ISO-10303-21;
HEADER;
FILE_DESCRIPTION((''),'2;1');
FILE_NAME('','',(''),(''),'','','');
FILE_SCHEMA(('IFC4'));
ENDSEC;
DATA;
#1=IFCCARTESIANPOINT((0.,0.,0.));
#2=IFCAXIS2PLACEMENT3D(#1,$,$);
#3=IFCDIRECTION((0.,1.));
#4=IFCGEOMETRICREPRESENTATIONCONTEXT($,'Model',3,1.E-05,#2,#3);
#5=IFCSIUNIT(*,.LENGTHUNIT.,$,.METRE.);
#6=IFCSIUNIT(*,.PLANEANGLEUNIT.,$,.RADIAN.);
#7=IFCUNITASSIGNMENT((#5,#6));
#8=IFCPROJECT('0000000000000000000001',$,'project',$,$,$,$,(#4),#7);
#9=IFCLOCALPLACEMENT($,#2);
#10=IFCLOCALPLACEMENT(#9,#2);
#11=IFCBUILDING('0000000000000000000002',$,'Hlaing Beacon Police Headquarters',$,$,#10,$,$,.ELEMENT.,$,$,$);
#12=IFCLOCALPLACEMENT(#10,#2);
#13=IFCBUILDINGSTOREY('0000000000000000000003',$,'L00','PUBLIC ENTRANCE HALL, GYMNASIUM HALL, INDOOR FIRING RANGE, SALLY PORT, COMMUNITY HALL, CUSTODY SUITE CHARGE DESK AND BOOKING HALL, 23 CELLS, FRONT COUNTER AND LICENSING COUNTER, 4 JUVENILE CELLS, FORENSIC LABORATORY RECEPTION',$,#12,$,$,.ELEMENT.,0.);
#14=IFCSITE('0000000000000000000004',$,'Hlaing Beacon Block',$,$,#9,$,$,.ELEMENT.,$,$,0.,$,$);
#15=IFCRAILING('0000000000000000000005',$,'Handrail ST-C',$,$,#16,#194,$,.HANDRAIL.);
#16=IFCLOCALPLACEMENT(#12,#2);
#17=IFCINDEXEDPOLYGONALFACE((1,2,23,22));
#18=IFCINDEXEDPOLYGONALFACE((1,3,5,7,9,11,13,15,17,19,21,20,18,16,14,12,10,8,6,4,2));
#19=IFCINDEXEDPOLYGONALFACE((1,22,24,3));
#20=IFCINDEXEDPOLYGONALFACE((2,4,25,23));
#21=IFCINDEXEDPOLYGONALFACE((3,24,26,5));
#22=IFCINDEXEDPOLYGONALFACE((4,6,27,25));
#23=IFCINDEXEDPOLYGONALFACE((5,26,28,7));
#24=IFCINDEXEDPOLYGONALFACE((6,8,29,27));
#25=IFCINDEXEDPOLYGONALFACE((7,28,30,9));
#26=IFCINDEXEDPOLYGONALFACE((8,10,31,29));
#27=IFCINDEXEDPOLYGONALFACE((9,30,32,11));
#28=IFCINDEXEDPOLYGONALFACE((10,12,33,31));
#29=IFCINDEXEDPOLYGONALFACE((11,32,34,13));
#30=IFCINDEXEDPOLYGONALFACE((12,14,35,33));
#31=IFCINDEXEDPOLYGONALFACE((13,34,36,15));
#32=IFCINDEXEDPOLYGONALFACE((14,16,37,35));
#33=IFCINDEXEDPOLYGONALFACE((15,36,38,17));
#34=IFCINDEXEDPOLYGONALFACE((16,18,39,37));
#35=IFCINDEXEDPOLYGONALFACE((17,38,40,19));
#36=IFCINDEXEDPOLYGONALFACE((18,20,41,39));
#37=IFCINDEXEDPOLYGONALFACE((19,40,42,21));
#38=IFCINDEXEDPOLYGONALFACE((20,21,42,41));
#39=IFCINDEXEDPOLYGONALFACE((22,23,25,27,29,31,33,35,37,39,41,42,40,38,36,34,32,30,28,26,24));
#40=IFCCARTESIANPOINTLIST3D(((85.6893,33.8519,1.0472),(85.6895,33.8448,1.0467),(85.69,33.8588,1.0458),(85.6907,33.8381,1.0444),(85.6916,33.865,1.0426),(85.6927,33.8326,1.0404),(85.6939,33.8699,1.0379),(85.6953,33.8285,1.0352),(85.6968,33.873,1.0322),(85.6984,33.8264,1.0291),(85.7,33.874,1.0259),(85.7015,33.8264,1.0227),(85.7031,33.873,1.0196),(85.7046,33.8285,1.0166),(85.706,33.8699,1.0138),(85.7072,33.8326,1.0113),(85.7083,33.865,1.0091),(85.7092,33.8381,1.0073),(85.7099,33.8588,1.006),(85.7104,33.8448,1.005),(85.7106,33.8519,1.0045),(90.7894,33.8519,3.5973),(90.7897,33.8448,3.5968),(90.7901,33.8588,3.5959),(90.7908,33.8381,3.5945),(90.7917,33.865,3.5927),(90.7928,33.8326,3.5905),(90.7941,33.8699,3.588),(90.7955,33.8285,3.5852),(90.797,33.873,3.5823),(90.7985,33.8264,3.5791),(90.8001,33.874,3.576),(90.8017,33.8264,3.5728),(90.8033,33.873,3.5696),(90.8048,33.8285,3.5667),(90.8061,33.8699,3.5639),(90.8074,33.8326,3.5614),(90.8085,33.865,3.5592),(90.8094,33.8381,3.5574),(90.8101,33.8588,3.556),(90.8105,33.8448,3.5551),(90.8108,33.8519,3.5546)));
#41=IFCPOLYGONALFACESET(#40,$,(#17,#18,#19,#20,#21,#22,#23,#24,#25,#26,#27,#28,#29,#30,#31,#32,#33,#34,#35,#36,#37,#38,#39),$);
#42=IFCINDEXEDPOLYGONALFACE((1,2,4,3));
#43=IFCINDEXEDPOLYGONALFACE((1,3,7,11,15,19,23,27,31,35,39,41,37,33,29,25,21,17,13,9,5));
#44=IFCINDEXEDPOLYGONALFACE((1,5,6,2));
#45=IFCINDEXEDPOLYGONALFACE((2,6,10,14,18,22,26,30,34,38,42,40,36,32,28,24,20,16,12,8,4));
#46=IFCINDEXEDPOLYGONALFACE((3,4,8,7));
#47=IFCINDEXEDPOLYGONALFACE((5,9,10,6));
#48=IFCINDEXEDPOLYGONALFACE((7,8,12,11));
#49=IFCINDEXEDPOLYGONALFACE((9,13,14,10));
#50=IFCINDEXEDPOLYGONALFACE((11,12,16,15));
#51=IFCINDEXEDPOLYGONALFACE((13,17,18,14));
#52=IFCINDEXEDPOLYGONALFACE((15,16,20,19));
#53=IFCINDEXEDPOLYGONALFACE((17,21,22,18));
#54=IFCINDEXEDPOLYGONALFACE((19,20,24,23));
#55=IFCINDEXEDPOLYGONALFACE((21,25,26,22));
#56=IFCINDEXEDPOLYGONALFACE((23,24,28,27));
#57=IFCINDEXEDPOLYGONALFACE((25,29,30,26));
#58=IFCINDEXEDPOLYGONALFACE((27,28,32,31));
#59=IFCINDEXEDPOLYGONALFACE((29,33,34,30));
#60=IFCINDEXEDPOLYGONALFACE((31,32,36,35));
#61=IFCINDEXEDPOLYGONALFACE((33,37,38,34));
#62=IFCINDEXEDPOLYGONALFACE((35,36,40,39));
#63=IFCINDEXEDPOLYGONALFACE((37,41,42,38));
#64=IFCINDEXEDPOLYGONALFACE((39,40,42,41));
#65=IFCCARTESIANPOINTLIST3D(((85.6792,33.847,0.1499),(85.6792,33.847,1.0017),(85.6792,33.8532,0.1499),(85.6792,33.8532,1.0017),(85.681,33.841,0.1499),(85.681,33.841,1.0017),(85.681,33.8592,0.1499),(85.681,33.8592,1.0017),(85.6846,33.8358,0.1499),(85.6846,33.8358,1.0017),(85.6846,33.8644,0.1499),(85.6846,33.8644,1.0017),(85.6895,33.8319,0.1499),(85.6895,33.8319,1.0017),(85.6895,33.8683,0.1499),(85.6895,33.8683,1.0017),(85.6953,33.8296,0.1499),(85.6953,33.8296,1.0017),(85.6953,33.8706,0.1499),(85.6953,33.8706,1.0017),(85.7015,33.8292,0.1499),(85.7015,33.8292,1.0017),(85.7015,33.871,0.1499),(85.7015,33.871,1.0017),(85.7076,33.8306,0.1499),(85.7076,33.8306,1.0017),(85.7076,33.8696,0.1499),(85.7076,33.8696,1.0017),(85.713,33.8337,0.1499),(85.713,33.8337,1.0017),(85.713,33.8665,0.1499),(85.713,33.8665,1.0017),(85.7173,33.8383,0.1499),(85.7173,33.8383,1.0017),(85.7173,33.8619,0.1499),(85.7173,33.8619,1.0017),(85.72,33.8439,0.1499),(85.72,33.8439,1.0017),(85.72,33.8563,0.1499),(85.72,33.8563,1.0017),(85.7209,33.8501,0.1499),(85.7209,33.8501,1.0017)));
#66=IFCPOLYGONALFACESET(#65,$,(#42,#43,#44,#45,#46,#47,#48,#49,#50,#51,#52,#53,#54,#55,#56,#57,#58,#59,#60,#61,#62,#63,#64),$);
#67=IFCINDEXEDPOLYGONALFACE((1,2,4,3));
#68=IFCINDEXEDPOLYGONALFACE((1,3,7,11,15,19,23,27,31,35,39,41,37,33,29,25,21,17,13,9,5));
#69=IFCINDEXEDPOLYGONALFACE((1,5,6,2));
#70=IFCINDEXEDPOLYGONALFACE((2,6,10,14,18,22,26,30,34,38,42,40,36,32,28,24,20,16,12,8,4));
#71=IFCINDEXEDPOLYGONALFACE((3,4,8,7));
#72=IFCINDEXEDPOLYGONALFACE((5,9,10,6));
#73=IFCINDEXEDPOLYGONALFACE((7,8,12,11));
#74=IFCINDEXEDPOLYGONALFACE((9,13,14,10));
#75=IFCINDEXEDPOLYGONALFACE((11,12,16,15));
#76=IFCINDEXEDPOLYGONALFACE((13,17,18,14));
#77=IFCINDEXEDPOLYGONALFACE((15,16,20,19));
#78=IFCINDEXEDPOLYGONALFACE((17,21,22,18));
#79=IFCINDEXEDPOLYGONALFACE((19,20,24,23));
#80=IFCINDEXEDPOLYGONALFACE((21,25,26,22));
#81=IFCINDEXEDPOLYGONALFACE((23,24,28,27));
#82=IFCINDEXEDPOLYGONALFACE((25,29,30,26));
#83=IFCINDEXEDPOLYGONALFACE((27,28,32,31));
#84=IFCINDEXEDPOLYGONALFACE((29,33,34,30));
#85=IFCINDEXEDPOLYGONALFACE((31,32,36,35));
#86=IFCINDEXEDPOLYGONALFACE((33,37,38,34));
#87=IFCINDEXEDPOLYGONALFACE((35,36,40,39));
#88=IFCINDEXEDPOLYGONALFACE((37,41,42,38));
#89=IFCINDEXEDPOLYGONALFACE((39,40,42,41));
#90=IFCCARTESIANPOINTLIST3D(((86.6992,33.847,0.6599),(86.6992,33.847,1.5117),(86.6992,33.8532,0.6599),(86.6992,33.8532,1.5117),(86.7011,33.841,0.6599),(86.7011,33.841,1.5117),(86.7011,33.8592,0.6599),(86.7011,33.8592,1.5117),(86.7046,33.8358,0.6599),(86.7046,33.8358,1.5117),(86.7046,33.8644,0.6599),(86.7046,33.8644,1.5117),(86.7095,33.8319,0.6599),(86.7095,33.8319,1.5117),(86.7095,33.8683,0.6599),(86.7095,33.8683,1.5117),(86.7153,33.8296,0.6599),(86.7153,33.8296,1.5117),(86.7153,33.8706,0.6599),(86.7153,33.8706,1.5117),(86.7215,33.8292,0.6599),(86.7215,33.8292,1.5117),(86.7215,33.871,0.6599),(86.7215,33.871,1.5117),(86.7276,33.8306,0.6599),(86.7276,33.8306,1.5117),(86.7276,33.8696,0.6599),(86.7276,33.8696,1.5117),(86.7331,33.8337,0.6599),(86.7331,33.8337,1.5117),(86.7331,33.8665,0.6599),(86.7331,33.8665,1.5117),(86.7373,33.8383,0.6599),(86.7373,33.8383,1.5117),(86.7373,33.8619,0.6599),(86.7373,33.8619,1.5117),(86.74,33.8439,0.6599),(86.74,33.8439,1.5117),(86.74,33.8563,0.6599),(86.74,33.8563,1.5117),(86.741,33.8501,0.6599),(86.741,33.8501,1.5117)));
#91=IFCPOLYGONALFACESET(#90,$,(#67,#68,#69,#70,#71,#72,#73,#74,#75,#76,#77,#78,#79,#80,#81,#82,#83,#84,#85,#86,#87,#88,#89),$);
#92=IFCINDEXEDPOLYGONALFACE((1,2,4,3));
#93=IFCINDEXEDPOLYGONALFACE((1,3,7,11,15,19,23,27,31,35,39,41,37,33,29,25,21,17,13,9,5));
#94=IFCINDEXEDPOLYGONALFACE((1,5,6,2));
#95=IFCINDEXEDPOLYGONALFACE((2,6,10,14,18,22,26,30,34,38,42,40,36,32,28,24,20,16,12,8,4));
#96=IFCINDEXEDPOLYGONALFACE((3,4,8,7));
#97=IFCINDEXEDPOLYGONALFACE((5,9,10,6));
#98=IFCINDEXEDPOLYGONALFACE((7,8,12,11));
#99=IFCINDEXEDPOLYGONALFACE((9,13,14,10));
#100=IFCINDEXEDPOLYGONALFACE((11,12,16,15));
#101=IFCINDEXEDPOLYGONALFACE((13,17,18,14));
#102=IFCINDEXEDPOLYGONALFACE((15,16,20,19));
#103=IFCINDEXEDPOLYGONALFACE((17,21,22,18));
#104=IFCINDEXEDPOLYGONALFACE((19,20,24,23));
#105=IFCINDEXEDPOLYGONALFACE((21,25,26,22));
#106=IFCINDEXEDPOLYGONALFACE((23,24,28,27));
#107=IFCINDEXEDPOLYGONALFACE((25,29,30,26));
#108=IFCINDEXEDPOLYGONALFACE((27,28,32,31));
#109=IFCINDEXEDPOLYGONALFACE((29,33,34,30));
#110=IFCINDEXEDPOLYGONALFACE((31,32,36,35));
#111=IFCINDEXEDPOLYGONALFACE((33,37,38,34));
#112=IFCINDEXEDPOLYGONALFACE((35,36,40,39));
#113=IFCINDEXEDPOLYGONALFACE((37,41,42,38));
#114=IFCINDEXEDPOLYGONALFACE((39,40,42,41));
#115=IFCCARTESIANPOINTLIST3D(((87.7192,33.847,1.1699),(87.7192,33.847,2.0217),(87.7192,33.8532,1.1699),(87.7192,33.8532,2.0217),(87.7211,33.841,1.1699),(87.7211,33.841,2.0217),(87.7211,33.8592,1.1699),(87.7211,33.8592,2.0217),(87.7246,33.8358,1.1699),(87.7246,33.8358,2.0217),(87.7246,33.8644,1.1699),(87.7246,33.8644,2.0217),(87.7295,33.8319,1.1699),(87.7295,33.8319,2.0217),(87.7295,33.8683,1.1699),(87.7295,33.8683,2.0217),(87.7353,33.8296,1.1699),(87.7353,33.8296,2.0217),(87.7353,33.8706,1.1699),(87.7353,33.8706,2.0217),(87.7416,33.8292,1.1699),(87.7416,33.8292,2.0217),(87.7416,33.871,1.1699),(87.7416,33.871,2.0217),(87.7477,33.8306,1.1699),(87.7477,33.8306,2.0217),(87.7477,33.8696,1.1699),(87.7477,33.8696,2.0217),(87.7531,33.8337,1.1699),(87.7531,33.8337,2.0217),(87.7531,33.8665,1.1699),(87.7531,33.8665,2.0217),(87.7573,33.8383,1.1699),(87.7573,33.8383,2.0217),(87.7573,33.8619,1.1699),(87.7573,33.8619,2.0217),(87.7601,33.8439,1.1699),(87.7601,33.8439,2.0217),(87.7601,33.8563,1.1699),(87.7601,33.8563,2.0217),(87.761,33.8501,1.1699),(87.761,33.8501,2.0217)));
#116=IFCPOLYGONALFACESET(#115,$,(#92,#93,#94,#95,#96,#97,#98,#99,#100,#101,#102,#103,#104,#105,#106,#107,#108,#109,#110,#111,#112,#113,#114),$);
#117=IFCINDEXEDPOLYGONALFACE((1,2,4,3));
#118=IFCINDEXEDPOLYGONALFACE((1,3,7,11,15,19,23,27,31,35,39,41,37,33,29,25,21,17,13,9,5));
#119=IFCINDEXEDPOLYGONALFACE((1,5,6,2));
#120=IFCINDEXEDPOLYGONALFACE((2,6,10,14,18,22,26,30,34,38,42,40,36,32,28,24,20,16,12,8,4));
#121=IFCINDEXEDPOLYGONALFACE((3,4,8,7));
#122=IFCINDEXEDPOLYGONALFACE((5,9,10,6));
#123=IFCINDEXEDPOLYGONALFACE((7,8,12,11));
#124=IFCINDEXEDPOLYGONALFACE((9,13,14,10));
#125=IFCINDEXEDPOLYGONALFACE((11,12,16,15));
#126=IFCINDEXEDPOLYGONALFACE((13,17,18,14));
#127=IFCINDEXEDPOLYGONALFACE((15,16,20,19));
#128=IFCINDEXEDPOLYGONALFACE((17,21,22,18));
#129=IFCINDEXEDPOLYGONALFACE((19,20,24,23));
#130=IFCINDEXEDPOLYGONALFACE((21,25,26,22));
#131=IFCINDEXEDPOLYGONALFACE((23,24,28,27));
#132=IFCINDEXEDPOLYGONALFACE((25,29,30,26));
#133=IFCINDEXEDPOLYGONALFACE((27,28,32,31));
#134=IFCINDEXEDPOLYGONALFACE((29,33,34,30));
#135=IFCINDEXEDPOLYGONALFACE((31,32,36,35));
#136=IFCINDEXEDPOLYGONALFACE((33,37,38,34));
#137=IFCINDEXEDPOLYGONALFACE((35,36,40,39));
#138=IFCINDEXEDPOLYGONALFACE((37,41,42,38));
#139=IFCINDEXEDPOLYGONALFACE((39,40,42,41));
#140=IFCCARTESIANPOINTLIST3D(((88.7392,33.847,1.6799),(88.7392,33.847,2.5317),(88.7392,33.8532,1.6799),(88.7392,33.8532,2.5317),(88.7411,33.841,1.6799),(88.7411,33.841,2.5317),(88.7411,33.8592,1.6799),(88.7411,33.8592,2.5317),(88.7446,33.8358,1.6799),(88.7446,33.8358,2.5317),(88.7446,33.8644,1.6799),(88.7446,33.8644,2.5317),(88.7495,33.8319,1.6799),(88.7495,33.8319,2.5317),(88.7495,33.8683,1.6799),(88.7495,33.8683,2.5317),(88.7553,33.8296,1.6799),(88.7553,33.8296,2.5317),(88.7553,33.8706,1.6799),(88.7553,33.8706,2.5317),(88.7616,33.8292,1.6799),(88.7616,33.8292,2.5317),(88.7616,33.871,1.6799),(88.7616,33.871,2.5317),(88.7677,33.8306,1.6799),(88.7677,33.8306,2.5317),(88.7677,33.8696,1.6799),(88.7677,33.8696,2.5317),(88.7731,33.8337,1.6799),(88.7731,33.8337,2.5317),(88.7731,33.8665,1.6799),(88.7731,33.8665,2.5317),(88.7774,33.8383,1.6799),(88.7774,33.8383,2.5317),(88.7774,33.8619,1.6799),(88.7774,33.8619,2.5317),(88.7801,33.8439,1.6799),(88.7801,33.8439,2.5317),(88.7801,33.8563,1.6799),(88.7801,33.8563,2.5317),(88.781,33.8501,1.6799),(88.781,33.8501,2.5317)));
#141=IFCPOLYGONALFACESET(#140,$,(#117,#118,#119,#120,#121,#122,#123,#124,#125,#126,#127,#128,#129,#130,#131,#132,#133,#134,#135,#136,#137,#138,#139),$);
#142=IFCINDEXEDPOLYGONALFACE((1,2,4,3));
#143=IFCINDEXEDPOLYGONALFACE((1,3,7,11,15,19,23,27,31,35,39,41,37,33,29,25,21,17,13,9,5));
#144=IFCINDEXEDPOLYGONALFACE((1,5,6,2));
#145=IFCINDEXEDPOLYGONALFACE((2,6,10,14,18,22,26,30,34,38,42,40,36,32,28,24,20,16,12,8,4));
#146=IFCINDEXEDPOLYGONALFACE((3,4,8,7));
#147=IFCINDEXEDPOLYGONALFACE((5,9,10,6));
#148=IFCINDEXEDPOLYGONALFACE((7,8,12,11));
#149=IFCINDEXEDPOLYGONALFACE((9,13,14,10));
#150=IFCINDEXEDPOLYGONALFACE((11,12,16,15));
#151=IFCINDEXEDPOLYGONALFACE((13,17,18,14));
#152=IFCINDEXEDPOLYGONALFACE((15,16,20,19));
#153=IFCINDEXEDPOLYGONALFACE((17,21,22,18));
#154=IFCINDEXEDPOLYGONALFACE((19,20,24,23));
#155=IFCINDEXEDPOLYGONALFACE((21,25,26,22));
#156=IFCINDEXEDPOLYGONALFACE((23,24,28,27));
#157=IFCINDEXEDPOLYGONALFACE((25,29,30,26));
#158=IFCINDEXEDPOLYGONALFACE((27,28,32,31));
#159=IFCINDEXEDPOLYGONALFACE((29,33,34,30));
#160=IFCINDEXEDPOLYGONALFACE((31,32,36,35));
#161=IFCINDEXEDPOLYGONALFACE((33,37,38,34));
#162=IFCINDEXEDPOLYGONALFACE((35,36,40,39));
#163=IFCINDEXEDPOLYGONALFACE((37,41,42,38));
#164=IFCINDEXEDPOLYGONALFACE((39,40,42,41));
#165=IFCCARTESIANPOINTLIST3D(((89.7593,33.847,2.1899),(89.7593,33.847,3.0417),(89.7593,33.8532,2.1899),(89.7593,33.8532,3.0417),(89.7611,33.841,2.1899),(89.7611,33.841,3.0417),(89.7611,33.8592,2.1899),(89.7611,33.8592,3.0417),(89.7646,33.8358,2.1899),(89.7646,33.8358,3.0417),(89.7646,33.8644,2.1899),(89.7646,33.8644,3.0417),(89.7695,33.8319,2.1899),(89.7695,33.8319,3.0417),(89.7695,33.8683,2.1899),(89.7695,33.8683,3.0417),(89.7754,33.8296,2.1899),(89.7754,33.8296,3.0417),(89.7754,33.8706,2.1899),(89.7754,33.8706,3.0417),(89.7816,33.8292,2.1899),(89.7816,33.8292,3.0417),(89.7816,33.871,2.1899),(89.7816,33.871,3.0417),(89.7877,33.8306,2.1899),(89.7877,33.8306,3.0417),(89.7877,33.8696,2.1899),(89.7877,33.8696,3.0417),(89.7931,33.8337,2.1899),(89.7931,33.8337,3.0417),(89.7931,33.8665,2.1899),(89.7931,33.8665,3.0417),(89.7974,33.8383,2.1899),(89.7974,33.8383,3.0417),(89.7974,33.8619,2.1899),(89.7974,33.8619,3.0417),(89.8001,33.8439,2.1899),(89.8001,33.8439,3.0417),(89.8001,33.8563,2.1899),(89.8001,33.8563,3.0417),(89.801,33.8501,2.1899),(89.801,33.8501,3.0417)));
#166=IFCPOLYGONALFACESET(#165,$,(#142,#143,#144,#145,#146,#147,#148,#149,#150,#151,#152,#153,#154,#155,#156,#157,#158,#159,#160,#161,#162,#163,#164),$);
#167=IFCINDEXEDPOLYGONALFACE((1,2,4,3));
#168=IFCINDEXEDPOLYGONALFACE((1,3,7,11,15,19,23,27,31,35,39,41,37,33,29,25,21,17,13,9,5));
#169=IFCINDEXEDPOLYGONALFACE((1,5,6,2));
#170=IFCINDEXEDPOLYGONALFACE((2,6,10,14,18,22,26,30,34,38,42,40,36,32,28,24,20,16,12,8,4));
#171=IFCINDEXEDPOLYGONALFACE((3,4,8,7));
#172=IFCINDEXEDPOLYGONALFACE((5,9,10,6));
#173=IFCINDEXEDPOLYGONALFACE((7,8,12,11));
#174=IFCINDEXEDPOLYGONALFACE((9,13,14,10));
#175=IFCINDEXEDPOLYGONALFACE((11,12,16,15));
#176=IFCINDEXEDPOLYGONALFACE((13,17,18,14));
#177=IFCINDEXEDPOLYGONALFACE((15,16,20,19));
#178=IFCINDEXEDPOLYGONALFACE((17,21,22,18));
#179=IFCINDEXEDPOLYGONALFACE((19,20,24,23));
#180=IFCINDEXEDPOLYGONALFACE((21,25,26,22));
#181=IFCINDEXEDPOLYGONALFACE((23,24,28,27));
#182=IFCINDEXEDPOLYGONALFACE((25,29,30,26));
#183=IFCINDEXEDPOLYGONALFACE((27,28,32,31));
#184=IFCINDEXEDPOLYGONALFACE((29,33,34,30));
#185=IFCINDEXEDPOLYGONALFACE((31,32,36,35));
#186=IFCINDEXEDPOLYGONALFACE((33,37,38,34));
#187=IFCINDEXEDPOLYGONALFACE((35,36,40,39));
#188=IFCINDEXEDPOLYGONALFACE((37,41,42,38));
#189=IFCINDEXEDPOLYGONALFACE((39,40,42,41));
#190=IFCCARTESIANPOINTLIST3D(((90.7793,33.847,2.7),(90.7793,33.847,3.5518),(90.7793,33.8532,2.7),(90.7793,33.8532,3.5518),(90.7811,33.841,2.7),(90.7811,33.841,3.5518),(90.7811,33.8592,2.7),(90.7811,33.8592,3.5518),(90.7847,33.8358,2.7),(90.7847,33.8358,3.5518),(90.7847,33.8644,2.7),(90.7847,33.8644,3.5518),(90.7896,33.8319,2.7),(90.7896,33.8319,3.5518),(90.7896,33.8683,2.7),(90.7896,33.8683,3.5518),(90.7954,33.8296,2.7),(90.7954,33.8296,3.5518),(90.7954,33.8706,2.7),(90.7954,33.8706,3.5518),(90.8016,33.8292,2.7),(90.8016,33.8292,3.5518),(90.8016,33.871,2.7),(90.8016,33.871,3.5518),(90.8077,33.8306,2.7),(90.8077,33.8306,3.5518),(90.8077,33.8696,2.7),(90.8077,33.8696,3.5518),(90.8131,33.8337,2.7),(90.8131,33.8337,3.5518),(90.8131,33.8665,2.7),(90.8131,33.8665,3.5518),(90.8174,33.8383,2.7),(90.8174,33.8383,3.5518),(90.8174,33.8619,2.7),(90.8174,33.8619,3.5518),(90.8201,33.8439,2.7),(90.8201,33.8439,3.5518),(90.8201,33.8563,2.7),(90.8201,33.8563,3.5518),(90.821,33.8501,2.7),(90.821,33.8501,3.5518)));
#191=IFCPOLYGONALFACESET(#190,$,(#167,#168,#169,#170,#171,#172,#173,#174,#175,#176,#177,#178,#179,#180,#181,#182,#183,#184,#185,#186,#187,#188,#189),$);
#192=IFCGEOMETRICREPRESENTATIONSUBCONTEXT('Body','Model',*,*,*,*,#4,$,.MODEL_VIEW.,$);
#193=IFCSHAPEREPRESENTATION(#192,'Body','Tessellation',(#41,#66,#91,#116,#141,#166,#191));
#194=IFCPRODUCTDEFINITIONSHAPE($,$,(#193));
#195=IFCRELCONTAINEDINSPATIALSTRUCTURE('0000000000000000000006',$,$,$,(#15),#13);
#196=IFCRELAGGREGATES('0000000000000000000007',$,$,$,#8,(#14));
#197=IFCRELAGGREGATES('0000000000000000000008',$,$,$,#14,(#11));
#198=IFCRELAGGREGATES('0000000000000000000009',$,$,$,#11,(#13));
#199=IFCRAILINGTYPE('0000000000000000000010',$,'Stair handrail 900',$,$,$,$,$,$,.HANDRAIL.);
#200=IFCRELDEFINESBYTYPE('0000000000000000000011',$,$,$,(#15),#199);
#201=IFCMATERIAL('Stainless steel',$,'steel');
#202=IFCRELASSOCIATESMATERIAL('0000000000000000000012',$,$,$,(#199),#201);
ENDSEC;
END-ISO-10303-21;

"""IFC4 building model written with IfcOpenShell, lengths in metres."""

from ifc_helpers import new_model, si_unit, direction, frame, origin, origin_2d, place, context, subcontext, project, spatial, circle, extrude, material, type_object, element, save


model = new_model("IFC4")

# Units and contexts
model_context = context("Model", 3, precision=1e-05, world=origin(), true_north=direction((0.0, 1.0)))
body_context = subcontext(model_context, "Body", "Model", "MODEL_VIEW")
ifc_project = project(units=[si_unit("LENGTHUNIT", "METRE"), si_unit("PLANEANGLEUNIT", "RADIAN")], contexts=[model_context])

# Site, building, storey
site_placement = place(None, origin())
site = spatial("IfcSite", under=ifc_project, at=site_placement, Name="Hlaing Beacon Block", CompositionType="ELEMENT", RefElevation=0.0)
building_placement = place(site_placement, origin())
building = spatial("IfcBuilding", under=site, at=building_placement, Name="Hlaing Beacon Police Headquarters", CompositionType="ELEMENT")
storey_placement = place(building_placement, origin())
storey = spatial("IfcBuildingStorey", under=building, at=storey_placement, Name="L00", Description="PUBLIC ENTRANCE HALL, GYMNASIUM HALL, INDOOR FIRING RANGE, SALLY PORT, COMMUNITY HALL, CUSTODY SUITE CHARGE DESK AND BOOKING HALL, 23 CELLS, FRONT COUNTER AND LICENSING COUNTER, 4 JUVENILE CELLS, FORENSIC LABORATORY RECEPTION", CompositionType="ELEMENT", Elevation=0.0)

# Railing
ifc_material_1 = material(Name="Stainless steel", Category="steel")
railing_type_1 = type_object("IfcRailingType", Name="Stair handrail 900", PredefinedType="HANDRAIL", material=ifc_material_1)
for number, where, name in (
    (1, (85.7, 33.8501, 0.1499), "Handrail ST-C"),
):
    element("IfcRailing", number, at=place(storey_placement, frame(where)), inside=storey, type_object=railing_type_1, Name=name, PredefinedType="HANDRAIL", context=body_context, shape_type="SweptSolid", body=[
        extrude(circle(Radius=0.0239, at=origin_2d()), frame((0.0, 0.0, 0.876), z_axis=(0.894427, 0.0, 0.447214), x_axis=(0.0, 1.0, 0.0)), (0.0, 0.0, 1.0), 5.7021),
        extrude(circle(Radius=0.021, at=origin_2d()), origin(), (0.0, 0.0, 1.0), 0.8518),
        extrude(circle(Radius=0.021, at=origin_2d()), frame((1.02, 0.0, 0.51)), (0.0, 0.0, 1.0), 0.8518),
        extrude(circle(Radius=0.021, at=origin_2d()), frame((2.04, 0.0, 1.02)), (0.0, 0.0, 1.0), 0.8518),
        extrude(circle(Radius=0.021, at=origin_2d()), frame((3.0601, 0.0, 1.53)), (0.0, 0.0, 1.0), 0.8518),
        extrude(circle(Radius=0.021, at=origin_2d()), frame((4.0801, 0.0, 2.04)), (0.0, 0.0, 1.0), 0.8518),
        extrude(circle(Radius=0.021, at=origin_2d()), frame((5.1001, 0.0, 2.55)), (0.0, 0.0, 1.0), 0.8518),
    ])

save(model, "model.ifc")
